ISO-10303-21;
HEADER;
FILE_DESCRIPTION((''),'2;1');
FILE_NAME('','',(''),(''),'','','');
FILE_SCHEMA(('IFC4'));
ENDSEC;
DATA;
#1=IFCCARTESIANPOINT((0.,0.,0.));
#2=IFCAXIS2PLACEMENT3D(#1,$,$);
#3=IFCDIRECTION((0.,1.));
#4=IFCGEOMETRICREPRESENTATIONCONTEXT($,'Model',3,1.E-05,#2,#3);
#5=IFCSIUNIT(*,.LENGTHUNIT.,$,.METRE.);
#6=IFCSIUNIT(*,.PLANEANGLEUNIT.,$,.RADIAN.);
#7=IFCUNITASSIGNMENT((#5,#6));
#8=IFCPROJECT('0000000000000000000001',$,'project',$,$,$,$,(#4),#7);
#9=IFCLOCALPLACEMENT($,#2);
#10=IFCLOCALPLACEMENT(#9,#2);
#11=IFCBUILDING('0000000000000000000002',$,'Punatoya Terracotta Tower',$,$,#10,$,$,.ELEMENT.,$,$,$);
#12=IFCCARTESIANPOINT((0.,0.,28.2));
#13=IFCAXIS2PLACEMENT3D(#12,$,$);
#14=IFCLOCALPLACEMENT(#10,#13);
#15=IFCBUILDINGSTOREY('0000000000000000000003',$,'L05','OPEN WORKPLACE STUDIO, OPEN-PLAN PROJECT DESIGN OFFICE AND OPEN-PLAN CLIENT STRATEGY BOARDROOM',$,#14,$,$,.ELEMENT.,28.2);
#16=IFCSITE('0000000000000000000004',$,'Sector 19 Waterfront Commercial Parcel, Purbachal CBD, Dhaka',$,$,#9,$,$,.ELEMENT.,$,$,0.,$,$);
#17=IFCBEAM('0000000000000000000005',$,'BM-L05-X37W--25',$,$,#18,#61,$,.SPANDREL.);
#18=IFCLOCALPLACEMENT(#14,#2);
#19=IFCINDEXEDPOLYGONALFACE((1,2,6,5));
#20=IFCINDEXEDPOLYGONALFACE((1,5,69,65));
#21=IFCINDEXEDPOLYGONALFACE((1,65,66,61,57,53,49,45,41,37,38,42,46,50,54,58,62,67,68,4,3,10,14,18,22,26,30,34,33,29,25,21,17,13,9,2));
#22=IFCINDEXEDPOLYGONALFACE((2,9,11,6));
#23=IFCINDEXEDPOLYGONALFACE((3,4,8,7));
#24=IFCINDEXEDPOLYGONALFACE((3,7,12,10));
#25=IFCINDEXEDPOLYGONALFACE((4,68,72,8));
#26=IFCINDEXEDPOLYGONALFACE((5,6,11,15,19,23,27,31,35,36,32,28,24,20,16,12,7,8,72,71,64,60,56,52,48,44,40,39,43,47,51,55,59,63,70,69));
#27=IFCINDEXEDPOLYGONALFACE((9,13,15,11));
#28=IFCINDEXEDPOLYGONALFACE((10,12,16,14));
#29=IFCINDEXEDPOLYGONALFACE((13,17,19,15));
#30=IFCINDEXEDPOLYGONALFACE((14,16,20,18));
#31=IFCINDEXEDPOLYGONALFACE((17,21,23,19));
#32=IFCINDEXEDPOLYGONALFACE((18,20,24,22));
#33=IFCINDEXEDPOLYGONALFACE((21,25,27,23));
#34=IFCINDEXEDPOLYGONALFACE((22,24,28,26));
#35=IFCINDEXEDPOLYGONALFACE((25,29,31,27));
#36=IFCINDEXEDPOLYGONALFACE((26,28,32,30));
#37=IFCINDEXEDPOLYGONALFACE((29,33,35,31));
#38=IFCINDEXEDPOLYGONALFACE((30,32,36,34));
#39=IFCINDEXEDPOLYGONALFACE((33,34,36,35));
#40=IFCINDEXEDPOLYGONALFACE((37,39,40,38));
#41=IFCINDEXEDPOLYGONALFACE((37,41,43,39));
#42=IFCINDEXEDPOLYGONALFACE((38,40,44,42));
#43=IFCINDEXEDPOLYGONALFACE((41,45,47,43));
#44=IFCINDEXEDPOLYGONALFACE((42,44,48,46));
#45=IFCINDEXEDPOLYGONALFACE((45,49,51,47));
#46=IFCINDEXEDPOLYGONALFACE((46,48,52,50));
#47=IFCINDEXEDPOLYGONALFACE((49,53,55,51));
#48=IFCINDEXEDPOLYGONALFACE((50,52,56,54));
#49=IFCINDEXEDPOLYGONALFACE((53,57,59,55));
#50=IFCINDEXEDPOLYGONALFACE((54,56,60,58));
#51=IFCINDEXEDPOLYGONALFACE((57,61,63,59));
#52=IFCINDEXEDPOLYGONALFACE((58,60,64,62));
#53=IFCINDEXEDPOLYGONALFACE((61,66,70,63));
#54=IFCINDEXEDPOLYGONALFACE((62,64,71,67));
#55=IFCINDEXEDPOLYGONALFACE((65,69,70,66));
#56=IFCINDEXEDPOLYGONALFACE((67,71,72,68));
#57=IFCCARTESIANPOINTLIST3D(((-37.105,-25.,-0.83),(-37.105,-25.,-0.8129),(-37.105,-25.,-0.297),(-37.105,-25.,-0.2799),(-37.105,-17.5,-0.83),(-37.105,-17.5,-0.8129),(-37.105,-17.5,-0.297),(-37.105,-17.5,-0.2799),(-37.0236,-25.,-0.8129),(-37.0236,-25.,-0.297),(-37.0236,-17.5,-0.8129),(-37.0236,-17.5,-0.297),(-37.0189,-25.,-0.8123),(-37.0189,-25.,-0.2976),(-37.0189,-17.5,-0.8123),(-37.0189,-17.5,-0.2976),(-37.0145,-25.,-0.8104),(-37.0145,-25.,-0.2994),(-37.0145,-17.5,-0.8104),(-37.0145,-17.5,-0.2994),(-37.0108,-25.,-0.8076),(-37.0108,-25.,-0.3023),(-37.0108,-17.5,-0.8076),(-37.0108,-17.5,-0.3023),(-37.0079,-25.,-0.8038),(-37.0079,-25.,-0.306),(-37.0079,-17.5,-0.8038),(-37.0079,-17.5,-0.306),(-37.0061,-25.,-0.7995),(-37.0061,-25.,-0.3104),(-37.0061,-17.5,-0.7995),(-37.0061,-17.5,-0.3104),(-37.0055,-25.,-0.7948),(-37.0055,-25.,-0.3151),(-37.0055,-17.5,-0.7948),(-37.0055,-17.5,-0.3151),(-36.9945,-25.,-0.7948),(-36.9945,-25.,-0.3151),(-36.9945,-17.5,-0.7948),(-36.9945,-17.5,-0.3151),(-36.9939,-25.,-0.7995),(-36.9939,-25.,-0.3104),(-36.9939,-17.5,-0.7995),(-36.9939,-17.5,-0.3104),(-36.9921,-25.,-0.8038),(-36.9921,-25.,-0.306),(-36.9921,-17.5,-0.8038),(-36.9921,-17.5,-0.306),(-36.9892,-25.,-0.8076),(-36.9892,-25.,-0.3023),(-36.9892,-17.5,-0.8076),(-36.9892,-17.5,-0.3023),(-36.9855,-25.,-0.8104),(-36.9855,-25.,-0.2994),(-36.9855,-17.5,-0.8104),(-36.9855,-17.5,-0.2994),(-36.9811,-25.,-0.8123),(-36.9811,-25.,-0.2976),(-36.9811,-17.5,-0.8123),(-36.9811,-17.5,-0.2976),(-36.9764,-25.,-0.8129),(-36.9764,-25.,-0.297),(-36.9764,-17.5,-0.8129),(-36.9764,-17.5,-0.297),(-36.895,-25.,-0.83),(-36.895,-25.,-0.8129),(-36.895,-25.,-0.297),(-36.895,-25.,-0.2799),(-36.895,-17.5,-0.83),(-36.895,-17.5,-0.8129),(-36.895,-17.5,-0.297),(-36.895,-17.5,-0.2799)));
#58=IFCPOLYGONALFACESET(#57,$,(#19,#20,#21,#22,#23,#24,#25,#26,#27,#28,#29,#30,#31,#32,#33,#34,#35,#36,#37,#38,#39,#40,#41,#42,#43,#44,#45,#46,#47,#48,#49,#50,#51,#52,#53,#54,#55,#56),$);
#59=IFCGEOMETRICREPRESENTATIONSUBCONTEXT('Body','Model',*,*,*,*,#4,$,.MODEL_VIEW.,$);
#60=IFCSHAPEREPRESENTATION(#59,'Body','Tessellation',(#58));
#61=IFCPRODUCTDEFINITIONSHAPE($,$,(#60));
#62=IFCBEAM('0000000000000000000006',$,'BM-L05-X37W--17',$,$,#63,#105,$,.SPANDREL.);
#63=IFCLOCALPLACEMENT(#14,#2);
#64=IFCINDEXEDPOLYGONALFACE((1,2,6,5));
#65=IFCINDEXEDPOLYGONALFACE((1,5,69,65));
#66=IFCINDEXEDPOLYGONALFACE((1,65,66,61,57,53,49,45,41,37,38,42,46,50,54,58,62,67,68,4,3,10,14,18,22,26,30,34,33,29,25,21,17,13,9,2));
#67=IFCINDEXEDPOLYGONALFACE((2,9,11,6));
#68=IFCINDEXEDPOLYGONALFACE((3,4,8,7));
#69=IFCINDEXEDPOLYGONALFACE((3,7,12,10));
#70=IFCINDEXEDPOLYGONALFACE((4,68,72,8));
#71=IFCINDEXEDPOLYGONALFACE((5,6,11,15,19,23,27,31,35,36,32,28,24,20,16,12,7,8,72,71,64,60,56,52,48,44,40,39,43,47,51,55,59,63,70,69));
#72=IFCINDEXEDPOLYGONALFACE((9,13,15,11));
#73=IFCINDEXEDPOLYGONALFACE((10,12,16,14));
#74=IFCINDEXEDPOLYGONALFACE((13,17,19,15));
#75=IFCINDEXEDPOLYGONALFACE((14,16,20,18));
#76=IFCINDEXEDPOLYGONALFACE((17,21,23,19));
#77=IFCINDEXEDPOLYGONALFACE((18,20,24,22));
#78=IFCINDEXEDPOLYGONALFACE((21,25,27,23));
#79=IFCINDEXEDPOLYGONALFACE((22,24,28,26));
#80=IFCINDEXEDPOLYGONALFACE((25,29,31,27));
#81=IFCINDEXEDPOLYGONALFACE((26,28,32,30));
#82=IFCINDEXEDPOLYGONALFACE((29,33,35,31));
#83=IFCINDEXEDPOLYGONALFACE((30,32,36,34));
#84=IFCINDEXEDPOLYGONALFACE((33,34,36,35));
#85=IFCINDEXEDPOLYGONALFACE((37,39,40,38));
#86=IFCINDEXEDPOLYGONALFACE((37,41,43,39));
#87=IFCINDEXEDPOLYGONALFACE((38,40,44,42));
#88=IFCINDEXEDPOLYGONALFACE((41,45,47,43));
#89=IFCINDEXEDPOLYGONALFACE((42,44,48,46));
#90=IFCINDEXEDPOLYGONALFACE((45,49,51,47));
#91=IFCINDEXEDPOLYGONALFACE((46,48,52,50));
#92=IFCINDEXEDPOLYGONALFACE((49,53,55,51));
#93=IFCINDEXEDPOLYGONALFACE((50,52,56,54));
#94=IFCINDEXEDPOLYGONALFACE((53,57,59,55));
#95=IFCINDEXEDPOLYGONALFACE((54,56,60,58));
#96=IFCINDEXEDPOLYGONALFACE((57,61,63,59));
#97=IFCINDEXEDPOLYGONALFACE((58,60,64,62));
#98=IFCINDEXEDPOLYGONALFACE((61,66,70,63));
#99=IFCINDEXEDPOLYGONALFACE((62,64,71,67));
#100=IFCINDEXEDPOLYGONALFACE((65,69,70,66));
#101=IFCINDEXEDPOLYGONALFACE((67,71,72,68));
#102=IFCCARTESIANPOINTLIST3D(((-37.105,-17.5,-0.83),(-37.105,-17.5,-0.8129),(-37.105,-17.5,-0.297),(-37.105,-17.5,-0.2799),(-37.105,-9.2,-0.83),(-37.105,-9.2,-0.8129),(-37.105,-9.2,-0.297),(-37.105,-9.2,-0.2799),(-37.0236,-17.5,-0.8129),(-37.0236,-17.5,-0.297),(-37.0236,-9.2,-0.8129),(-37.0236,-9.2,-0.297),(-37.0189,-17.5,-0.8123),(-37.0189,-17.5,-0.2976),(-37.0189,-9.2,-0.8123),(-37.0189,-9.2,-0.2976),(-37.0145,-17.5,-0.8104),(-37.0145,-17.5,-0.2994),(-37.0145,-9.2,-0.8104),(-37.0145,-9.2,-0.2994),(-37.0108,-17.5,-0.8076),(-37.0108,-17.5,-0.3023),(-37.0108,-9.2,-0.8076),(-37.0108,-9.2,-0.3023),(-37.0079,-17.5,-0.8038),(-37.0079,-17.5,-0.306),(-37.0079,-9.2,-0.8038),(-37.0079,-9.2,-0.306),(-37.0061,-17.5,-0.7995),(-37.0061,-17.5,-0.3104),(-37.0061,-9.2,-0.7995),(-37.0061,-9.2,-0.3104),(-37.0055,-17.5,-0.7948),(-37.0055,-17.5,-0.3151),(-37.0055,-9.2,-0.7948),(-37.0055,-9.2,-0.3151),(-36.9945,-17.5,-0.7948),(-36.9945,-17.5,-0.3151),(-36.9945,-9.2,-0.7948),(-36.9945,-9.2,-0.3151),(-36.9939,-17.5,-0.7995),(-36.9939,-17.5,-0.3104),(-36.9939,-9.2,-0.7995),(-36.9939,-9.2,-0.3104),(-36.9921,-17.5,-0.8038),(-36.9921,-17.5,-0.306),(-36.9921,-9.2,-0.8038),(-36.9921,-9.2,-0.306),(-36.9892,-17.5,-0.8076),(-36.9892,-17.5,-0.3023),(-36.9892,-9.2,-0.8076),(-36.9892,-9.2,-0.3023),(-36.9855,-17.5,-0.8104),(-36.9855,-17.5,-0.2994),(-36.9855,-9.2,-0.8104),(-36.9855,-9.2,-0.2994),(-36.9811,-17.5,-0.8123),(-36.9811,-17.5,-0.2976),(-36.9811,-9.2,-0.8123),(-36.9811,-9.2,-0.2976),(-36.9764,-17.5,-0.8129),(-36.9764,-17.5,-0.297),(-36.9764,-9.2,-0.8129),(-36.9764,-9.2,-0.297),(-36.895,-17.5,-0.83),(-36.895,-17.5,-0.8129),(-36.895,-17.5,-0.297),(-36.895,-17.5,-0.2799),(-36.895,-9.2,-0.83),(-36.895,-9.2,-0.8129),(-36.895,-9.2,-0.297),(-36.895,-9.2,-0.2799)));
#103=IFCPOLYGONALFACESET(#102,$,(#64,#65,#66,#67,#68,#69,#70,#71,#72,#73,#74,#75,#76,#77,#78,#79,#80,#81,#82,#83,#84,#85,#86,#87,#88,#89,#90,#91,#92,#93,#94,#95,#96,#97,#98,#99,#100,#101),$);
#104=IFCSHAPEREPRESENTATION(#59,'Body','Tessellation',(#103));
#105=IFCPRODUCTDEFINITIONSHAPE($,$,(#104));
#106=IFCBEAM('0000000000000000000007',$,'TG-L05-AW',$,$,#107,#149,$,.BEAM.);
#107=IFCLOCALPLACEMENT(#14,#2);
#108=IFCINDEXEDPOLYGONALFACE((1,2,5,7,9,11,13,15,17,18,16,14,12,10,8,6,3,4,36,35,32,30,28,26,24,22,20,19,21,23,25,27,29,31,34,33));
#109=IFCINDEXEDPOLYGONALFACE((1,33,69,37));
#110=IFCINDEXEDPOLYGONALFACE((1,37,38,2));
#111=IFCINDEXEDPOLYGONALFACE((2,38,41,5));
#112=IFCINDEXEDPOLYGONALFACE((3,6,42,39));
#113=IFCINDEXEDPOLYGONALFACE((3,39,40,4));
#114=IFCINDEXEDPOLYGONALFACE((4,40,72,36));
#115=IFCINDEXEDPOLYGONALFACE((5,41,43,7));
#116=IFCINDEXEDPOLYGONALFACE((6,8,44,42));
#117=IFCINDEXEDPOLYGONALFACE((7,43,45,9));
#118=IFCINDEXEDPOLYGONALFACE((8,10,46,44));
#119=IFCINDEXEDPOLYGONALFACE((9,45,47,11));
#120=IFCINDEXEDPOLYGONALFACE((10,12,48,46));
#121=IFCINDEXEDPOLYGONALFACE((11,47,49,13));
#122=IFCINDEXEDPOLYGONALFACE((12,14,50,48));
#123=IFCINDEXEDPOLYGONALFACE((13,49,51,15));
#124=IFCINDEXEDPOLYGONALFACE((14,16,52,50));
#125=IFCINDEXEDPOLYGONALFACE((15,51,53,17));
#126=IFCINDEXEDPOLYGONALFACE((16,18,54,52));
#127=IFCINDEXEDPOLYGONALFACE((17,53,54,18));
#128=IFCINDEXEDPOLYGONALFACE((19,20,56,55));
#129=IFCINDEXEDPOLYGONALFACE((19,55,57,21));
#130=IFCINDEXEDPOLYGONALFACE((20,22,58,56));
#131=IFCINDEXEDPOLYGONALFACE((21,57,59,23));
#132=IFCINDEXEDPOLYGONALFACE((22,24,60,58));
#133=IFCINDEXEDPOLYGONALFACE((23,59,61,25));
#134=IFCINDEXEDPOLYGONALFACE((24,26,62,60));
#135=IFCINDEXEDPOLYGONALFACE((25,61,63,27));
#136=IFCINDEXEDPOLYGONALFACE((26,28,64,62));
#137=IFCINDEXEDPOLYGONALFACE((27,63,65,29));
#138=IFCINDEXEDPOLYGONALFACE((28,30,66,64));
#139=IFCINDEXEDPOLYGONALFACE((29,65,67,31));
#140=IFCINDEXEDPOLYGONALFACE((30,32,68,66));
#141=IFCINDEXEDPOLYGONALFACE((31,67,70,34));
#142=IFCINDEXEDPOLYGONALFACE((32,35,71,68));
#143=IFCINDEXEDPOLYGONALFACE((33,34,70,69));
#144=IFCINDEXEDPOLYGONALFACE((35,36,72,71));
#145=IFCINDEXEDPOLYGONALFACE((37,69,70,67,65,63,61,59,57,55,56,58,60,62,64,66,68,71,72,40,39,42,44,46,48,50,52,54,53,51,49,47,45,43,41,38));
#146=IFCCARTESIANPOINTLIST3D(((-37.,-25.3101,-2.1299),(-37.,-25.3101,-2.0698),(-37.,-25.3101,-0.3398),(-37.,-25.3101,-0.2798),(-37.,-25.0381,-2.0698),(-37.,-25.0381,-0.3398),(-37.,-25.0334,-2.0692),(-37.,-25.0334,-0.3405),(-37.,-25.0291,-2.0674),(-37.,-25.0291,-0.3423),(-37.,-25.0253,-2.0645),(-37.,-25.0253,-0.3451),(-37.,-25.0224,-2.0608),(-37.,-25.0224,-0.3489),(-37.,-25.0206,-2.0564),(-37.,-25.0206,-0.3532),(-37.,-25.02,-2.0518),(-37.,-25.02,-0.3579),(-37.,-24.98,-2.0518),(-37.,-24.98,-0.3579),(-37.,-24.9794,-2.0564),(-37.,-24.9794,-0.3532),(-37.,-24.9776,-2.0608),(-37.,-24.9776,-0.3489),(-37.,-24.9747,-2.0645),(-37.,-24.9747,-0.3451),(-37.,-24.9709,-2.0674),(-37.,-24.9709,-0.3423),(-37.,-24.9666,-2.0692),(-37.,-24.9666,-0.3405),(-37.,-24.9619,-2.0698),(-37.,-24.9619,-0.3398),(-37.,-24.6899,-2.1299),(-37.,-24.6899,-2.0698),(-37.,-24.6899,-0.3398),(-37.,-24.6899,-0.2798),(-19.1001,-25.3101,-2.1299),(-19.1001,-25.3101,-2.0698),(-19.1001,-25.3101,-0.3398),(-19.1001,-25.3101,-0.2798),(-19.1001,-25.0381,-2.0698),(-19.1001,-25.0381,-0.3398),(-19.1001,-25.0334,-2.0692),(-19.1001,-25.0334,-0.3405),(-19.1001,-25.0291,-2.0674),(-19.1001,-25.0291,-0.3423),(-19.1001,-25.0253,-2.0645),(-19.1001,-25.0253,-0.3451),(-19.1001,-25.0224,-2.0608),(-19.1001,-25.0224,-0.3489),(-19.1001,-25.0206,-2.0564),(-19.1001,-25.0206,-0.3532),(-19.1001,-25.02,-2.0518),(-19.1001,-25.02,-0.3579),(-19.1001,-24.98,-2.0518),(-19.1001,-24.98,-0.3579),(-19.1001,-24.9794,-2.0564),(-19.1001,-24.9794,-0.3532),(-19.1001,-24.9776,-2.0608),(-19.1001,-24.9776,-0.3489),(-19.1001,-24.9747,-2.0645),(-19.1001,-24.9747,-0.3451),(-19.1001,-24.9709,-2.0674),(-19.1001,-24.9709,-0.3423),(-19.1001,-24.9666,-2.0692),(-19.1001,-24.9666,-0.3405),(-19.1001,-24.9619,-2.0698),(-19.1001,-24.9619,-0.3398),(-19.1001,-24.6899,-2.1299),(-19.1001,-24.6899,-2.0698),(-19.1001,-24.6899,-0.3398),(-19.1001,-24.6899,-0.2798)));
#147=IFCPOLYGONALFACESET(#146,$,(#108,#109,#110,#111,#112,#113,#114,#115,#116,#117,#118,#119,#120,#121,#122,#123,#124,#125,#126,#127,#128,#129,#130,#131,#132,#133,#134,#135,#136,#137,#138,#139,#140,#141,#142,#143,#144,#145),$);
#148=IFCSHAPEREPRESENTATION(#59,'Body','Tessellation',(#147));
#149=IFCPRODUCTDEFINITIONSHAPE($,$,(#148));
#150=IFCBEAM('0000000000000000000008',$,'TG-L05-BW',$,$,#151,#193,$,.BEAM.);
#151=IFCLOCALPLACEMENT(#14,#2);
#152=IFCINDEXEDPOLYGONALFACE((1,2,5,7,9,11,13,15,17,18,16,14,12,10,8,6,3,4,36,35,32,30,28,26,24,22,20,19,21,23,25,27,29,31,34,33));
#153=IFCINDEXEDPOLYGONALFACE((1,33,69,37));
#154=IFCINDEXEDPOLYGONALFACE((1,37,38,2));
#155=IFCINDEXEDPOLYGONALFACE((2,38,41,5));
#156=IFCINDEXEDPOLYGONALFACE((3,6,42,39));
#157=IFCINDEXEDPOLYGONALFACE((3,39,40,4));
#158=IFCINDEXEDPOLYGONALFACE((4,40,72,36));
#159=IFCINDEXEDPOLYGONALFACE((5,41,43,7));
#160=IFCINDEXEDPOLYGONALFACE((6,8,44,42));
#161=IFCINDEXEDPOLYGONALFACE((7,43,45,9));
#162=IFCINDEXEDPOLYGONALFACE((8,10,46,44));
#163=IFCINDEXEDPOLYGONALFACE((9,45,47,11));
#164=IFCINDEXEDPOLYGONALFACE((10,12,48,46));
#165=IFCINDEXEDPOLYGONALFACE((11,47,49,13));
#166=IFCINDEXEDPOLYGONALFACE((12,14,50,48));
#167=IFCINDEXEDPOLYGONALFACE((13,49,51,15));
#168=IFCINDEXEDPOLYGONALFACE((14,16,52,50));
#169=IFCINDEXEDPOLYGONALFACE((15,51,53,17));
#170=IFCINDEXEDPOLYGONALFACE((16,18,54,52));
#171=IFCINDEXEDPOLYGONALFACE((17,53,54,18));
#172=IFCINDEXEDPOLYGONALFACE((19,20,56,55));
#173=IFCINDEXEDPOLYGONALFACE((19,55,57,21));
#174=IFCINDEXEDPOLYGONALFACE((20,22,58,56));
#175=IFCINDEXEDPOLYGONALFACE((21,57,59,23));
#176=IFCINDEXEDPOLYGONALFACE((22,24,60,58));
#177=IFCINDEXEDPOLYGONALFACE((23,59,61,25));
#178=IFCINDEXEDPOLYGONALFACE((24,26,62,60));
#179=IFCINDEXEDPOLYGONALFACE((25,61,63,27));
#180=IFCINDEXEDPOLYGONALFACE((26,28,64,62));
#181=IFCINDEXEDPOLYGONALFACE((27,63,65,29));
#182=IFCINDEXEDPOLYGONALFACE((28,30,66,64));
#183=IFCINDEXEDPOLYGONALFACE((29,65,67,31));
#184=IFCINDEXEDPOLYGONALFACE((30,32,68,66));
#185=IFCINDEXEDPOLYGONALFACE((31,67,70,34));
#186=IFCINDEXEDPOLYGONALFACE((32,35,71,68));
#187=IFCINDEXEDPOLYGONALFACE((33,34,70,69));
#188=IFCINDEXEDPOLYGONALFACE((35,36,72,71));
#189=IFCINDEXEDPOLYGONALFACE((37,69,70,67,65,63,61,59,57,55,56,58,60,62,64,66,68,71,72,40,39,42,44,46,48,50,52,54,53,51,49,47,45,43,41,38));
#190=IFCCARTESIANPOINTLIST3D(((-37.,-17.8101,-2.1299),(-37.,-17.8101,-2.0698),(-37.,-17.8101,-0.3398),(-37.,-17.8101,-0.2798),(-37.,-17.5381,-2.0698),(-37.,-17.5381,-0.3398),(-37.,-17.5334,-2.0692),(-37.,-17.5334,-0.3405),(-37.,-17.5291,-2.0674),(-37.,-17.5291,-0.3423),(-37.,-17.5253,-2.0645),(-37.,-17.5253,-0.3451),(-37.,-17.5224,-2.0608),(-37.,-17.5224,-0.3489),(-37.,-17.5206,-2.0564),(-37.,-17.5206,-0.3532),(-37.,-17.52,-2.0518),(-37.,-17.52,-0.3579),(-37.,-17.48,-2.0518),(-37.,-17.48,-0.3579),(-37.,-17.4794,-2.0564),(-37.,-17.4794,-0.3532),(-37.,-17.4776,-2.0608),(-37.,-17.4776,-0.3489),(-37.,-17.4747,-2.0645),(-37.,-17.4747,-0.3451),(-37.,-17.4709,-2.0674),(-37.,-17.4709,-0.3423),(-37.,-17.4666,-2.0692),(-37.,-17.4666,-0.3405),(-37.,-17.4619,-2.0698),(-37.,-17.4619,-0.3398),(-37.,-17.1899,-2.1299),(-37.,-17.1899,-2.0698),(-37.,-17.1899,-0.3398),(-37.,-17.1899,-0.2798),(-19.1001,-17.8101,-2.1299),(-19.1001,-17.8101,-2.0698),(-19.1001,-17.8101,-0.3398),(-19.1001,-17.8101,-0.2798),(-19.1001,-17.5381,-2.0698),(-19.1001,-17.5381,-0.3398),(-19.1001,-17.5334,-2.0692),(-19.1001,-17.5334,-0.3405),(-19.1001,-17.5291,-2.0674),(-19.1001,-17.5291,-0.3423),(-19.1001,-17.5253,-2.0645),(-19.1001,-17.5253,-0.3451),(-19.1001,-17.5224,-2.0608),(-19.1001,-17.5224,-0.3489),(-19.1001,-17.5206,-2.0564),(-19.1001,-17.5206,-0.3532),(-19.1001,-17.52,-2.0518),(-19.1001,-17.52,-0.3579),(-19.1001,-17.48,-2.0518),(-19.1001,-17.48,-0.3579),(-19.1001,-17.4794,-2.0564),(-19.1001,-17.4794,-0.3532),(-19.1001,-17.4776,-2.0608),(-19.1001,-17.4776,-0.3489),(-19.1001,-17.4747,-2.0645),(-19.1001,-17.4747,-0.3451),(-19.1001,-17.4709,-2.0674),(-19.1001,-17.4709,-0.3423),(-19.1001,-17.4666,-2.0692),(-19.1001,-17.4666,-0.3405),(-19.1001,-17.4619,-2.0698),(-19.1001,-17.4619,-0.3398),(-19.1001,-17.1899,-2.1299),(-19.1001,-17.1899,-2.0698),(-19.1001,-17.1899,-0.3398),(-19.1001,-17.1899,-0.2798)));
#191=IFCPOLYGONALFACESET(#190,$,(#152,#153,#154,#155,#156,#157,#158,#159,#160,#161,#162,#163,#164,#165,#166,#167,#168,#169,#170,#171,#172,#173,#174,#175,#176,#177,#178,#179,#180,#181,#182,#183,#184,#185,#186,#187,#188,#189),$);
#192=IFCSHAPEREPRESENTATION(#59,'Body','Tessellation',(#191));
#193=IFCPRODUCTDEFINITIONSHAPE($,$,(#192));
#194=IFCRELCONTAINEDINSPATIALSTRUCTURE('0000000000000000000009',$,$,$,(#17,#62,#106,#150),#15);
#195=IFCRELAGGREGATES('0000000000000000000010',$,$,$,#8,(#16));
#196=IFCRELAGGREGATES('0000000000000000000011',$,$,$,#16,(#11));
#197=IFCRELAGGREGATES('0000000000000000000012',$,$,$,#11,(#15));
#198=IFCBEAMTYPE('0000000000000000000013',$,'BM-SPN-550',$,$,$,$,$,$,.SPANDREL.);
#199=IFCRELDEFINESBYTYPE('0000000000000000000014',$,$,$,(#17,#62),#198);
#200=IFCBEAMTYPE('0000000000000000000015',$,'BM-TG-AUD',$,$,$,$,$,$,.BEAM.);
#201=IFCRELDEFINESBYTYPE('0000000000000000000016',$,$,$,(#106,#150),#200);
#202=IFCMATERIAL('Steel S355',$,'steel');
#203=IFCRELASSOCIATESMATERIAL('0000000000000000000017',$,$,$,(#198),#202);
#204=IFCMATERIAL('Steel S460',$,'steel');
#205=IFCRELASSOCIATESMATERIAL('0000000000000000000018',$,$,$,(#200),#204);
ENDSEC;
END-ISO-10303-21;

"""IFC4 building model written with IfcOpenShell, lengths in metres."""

from ifc_helpers import new_model, si_unit, direction, frame, origin, origin_2d, place, context, subcontext, project, spatial, i_section, extrude, material, material_profile, profile_set, type_object, element, save


model = new_model("IFC4")

# Units and contexts
model_context = context("Model", 3, precision=1e-05, world=origin(), true_north=direction((0.0, 1.0)))
body_context = subcontext(model_context, "Body", "Model", "MODEL_VIEW")
ifc_project = project(units=[si_unit("LENGTHUNIT", "METRE"), si_unit("PLANEANGLEUNIT", "RADIAN")], contexts=[model_context])

# Site, building, storey
site_placement = place(None, origin())
site = spatial("IfcSite", under=ifc_project, at=site_placement, Name="Sector 19 Waterfront Commercial Parcel, Purbachal CBD, Dhaka", CompositionType="ELEMENT", RefElevation=0.0)
building_placement = place(site_placement, origin())
building = spatial("IfcBuilding", under=site, at=building_placement, Name="Punatoya Terracotta Tower", CompositionType="ELEMENT")
storey_placement = place(building_placement, frame((0.0, 0.0, 28.2)))
storey = spatial("IfcBuildingStorey", under=building, at=storey_placement, Name="L05", Description="OPEN WORKPLACE STUDIO, OPEN-PLAN PROJECT DESIGN OFFICE AND OPEN-PLAN CLIENT STRATEGY BOARDROOM", CompositionType="ELEMENT", Elevation=28.2)

# Shared definitions
ifc_material_1 = material(Name="Steel S460", Category="steel")

# Beams
ifc_material_2 = material(Name="Steel S355", Category="steel")
ifc_material_profile_1 = material_profile(ifc_material_2, i_section(OverallWidth=0.21, OverallDepth=0.55, WebThickness=0.011, FlangeThickness=0.0171, FilletRadius=0.0181, at=origin_2d()))
ifc_profile_set_1 = profile_set([ifc_material_profile_1], Name="Steel S355")
beam_type_1 = type_object("IfcBeamType", Name="BM-SPN-550", PredefinedType="SPANDREL", material=ifc_profile_set_1)
beam_1_placement = place(storey_placement, frame((-37.0, -25.0, -0.5549), z_axis=(0.0, 1.0, 0.0), x_axis=(-1.0, 0.0, 0.0)))
element("IfcBeam", 1, at=beam_1_placement, inside=storey, type_object=beam_type_1, Name="BM-L05-X37W--25", PredefinedType="SPANDREL", context=body_context, shape_type="SweptSolid", body=[
    extrude(i_section(OverallWidth=0.21, OverallDepth=0.55, WebThickness=0.011, FlangeThickness=0.0171, FilletRadius=0.0181, at=origin_2d()), origin(), (0.0, 0.0, 1.0), 7.5),
])
beam_2_placement = place(storey_placement, frame((-37.0, -17.5, -0.5549), z_axis=(0.0, 1.0, 0.0), x_axis=(-1.0, 0.0, 0.0)))
element("IfcBeam", 2, at=beam_2_placement, inside=storey, type_object=beam_type_1, Name="BM-L05-X37W--17", PredefinedType="SPANDREL", context=body_context, shape_type="SweptSolid", body=[
    extrude(i_section(OverallWidth=0.21, OverallDepth=0.55, WebThickness=0.011, FlangeThickness=0.0171, FilletRadius=0.0181, at=origin_2d()), origin(), (0.0, 0.0, 1.0), 8.3),
])
ifc_material_profile_2 = material_profile(ifc_material_1, i_section(OverallWidth=0.6201, OverallDepth=1.8501, WebThickness=0.04, FlangeThickness=0.0601, FilletRadius=0.0181, at=origin_2d()))
ifc_profile_set_2 = profile_set([ifc_material_profile_2], Name="Steel S460")
beam_type_2 = type_object("IfcBeamType", Name="BM-TG-AUD", PredefinedType="BEAM", material=ifc_profile_set_2)
for number, where, z_axis, x_axis, name in (
    (3, (-37.0, -25.0, -1.2048), (1.0, 0.0, 0.0), (0.0, 1.0, 0.0), "TG-L05-AW"),
    (4, (-37.0, -17.5, -1.2048), (1.0, 0.0, 0.0), (0.0, 1.0, 0.0), "TG-L05-BW"),
):
    element("IfcBeam", number, at=place(storey_placement, frame(where, z_axis=z_axis, x_axis=x_axis)), inside=storey, type_object=beam_type_2, Name=name, PredefinedType="BEAM", context=body_context, shape_type="SweptSolid", body=[
        extrude(i_section(OverallWidth=0.6201, OverallDepth=1.8501, WebThickness=0.04, FlangeThickness=0.0601, FilletRadius=0.0181, at=origin_2d()), origin(), (0.0, 0.0, 1.0), 17.8999),
    ])

save(model, "model.ifc")
